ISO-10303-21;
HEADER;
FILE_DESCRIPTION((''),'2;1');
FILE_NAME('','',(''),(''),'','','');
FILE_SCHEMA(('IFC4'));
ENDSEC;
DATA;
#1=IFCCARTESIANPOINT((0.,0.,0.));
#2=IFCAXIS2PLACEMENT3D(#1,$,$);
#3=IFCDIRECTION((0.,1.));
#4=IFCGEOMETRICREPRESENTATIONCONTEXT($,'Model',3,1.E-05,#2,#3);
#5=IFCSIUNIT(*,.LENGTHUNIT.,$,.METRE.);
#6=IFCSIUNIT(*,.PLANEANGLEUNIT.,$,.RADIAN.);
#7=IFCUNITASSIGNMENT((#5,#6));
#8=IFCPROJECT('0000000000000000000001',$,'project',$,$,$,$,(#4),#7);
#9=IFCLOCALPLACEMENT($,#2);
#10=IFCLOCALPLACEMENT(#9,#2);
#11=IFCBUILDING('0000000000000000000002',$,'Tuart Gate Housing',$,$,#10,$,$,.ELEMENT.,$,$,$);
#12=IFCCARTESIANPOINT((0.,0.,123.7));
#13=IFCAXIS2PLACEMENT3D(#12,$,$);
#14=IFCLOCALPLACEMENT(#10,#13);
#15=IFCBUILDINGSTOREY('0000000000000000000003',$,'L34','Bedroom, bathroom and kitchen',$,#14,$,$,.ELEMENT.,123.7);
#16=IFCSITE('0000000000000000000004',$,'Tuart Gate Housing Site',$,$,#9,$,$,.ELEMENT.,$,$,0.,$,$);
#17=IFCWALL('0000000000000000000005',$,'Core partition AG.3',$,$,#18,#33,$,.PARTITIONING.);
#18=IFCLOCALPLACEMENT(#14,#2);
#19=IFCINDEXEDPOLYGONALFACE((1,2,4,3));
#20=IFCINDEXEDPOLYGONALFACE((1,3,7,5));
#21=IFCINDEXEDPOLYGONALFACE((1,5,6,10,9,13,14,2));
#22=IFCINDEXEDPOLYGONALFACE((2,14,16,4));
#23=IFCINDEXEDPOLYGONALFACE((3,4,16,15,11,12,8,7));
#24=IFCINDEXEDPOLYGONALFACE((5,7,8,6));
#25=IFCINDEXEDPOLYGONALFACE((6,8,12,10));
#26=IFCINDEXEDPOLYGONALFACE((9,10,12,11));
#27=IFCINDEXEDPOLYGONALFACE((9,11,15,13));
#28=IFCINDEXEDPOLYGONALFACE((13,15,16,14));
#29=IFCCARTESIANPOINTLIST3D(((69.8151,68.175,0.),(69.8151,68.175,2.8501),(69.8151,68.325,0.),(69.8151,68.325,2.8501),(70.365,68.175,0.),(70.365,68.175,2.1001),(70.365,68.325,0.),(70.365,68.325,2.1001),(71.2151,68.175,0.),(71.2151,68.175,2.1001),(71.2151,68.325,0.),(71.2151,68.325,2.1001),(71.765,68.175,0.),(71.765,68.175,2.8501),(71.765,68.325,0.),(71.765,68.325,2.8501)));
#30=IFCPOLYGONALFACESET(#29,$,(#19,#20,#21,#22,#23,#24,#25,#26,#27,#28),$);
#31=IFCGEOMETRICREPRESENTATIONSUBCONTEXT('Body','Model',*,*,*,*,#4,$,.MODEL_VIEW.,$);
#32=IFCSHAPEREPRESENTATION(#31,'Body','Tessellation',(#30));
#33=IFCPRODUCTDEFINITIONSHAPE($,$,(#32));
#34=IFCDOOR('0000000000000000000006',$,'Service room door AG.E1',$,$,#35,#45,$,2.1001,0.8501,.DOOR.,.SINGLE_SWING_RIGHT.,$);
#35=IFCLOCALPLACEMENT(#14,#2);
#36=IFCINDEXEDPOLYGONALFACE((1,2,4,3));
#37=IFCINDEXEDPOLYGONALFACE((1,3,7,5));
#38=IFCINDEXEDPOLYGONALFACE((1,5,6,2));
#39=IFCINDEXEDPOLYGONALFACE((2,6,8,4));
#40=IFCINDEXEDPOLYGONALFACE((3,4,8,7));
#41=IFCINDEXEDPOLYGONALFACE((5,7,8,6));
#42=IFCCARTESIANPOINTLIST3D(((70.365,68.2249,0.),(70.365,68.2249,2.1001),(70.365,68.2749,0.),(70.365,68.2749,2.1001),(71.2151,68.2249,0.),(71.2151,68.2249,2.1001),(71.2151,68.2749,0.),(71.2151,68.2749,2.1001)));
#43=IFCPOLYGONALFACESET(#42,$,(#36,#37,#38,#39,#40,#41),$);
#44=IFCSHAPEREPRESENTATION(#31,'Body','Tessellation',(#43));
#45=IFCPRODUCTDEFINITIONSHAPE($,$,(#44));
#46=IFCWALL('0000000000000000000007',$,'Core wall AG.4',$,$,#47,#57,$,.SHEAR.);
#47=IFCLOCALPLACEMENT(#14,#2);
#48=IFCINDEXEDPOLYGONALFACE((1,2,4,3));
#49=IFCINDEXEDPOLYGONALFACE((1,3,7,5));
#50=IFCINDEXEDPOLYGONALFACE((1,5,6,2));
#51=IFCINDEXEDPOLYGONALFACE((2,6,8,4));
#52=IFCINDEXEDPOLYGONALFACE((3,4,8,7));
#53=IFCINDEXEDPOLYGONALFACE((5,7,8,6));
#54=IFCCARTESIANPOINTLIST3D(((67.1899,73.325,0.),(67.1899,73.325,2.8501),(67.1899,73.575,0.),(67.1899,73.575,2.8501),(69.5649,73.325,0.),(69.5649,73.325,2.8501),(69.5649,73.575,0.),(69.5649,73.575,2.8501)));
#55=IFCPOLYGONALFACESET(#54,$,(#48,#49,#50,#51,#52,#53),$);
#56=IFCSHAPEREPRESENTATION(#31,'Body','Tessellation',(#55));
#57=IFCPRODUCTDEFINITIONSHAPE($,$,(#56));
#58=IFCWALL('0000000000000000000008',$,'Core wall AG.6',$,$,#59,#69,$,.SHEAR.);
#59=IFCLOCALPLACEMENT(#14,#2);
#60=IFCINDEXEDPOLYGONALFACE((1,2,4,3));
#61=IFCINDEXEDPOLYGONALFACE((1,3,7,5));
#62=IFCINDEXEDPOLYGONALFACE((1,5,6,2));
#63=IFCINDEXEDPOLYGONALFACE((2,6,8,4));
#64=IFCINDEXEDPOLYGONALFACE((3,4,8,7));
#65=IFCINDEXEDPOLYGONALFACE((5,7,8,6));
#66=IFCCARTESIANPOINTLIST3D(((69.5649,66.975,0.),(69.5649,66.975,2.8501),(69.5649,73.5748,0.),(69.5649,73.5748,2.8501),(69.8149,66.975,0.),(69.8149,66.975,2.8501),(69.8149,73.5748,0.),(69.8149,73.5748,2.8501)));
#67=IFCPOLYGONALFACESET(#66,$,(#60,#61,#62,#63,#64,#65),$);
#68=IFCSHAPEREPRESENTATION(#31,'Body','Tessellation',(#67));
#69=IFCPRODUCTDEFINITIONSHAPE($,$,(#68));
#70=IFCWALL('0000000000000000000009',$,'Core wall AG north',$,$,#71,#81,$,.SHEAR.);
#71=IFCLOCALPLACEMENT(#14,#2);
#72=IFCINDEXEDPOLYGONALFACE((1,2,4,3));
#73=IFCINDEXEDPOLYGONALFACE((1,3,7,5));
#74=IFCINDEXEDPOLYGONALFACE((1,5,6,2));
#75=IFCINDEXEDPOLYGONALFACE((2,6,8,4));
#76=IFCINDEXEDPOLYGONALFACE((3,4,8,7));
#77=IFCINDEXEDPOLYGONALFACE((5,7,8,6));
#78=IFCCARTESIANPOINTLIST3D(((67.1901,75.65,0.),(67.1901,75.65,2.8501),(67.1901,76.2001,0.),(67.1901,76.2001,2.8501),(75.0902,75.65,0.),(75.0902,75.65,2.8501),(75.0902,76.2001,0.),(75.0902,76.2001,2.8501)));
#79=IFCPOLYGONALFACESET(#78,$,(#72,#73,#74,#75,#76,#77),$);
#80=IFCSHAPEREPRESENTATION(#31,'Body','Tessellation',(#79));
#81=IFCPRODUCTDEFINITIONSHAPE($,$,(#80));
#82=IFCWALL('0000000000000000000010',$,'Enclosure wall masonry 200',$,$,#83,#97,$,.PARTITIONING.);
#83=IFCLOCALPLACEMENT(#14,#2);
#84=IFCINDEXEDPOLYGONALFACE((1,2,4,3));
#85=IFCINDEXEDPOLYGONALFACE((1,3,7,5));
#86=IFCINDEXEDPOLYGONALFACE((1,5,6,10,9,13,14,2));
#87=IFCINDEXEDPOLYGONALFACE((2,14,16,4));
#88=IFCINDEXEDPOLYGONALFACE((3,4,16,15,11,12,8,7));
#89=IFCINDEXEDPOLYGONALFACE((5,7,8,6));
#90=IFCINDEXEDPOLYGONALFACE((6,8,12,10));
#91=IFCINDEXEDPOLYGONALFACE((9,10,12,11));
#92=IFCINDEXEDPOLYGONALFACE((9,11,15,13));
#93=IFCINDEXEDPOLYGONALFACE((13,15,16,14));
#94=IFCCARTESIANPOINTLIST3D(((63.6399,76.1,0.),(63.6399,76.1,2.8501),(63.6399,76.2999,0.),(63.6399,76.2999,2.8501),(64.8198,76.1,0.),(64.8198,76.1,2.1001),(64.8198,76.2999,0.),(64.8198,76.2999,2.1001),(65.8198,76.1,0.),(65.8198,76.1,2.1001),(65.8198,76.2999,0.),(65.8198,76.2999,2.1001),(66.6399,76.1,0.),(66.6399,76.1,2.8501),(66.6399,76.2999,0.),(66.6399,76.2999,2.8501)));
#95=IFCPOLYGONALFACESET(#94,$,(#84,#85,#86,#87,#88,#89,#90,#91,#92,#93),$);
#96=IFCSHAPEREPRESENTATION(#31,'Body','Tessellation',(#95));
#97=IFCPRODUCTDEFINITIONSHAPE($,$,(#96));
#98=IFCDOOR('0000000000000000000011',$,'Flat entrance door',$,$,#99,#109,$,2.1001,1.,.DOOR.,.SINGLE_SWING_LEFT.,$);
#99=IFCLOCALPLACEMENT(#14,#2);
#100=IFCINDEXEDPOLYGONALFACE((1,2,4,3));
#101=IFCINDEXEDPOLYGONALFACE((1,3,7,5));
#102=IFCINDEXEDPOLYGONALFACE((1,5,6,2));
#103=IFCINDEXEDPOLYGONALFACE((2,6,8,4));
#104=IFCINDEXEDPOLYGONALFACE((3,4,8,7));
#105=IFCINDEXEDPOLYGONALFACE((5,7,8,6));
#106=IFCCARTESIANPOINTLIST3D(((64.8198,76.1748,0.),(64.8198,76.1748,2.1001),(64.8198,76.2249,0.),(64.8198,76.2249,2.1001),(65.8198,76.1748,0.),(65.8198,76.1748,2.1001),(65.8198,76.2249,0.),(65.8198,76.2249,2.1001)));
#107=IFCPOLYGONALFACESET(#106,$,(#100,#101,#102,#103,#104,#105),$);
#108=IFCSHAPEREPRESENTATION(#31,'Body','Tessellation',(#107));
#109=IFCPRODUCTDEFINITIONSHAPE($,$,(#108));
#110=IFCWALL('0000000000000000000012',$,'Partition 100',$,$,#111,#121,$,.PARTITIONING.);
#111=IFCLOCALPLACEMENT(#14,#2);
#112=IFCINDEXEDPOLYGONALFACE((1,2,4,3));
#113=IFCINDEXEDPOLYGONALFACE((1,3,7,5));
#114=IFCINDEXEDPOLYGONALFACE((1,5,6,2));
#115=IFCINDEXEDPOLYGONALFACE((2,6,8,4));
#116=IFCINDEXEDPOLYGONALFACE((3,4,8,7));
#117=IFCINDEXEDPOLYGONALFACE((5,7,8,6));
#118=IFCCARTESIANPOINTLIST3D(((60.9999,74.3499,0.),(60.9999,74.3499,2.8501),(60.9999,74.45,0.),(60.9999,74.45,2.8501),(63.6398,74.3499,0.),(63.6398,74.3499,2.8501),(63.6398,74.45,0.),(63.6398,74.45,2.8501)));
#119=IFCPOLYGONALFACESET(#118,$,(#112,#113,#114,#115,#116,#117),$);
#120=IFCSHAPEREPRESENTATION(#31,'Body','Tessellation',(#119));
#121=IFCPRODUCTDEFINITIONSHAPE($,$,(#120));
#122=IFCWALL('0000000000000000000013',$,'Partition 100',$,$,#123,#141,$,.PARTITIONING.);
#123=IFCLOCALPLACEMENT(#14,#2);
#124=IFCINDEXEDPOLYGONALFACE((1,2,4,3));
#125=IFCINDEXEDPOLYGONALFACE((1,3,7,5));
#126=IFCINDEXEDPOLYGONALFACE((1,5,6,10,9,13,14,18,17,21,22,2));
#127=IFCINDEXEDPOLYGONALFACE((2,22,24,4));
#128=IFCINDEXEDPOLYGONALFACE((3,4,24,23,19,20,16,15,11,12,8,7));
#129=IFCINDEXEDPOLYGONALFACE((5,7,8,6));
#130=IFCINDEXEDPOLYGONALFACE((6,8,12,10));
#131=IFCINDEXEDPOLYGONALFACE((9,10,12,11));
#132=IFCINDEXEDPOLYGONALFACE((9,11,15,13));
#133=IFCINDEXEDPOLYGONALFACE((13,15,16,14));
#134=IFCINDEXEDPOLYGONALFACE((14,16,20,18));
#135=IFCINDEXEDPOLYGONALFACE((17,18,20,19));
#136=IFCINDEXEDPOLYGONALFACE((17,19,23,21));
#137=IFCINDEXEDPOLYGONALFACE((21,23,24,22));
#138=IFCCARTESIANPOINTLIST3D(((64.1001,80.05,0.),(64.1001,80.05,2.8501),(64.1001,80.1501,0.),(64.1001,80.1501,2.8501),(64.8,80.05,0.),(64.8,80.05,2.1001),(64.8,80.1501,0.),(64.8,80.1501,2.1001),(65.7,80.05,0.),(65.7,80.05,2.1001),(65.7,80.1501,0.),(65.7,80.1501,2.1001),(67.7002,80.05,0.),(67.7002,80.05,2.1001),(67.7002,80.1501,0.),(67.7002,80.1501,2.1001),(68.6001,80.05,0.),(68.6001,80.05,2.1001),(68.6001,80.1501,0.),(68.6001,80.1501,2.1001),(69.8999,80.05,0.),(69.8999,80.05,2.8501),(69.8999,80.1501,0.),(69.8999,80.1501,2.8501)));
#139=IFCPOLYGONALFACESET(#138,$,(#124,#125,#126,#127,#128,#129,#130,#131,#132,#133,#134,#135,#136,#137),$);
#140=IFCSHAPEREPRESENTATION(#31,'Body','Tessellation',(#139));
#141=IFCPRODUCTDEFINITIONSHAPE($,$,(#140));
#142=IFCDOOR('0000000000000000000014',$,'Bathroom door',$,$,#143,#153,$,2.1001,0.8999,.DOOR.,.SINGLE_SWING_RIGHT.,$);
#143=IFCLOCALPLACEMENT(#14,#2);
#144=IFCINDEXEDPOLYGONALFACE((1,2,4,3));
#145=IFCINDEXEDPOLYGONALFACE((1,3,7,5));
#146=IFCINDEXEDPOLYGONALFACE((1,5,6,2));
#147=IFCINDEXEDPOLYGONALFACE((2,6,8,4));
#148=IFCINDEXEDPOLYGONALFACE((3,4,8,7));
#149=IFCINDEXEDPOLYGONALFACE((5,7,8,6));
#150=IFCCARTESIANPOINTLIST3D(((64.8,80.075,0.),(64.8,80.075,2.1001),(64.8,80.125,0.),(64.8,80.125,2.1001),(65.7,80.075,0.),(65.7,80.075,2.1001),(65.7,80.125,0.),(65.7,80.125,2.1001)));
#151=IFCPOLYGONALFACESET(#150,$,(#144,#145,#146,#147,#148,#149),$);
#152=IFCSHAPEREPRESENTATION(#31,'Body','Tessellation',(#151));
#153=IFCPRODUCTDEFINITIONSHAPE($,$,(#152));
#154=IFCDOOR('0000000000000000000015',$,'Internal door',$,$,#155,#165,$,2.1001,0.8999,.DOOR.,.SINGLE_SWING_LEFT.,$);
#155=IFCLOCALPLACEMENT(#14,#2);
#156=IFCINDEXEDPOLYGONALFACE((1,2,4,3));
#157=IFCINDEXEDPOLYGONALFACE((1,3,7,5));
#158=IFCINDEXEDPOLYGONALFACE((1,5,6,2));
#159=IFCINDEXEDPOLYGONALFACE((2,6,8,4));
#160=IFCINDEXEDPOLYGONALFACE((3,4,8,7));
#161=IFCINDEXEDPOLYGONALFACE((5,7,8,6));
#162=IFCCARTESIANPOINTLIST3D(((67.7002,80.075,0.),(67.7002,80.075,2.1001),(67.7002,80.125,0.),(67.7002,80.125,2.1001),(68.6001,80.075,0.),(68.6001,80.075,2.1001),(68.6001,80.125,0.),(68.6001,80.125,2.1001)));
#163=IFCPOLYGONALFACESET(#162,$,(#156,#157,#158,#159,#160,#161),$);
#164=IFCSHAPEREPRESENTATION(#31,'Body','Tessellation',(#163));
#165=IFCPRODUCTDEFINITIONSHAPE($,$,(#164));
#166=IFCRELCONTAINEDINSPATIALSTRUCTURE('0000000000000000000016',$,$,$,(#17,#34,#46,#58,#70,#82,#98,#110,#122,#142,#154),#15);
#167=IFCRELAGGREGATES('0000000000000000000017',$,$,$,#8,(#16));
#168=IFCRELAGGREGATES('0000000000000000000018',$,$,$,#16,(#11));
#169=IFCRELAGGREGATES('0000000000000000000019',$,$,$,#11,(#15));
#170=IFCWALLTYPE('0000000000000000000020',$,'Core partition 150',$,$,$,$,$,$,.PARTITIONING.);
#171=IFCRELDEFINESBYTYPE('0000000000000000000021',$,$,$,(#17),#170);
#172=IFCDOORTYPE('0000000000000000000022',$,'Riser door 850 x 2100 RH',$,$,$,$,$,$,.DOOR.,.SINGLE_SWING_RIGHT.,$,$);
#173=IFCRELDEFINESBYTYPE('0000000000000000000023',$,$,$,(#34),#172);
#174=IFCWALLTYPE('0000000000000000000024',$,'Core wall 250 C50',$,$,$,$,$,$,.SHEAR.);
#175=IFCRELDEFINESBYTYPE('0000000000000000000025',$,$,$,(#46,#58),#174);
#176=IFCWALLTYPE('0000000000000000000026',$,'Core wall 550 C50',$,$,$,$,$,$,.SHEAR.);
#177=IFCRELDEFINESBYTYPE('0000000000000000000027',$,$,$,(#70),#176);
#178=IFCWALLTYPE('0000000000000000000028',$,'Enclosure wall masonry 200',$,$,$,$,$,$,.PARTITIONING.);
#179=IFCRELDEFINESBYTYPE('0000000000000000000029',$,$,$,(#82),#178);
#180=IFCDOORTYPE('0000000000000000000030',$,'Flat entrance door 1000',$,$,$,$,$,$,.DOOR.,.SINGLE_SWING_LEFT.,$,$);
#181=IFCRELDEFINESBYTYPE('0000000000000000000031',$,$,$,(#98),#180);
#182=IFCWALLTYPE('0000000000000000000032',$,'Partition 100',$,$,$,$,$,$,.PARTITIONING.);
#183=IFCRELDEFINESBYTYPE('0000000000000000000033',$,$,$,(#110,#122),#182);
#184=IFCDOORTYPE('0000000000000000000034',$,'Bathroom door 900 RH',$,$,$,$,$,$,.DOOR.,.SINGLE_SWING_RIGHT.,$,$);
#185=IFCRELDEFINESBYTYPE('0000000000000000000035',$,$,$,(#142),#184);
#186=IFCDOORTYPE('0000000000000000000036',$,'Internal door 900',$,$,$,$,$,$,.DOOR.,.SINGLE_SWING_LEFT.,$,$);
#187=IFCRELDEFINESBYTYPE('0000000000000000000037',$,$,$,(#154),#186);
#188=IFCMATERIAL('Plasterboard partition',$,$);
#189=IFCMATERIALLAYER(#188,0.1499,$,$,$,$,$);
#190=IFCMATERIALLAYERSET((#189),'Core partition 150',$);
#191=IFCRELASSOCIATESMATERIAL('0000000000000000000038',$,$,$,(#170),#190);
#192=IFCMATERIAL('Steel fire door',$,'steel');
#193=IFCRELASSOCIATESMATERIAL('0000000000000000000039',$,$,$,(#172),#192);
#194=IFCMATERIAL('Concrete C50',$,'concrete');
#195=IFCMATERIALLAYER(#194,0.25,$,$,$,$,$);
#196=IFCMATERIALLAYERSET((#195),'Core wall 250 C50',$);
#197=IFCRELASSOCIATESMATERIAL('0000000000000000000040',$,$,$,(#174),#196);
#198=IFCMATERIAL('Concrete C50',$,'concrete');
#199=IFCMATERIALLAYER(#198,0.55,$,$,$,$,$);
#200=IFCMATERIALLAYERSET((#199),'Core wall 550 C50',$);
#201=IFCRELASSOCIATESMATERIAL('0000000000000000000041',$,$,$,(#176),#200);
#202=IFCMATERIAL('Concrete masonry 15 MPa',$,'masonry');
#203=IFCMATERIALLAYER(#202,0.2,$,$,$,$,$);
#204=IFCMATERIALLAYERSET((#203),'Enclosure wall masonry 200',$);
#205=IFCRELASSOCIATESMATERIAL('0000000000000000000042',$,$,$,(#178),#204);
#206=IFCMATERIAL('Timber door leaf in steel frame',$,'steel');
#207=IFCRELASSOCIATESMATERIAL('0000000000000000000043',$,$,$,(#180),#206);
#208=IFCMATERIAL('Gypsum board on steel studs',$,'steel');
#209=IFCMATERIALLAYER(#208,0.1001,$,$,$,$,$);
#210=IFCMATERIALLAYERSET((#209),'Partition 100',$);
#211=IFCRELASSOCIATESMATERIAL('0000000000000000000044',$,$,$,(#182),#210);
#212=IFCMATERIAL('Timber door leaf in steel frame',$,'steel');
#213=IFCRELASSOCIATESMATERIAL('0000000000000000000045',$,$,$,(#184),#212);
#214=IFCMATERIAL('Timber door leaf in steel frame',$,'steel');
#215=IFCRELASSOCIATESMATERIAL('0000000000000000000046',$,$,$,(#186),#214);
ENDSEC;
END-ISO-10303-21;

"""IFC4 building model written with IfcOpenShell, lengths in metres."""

from ifc_helpers import new_model, si_unit, direction, frame, frame_2d, origin, place, context, subcontext, project, spatial, rectangle, extrude, material, layer, layer_set, type_object, element, fill, save


model = new_model("IFC4")

# Units and contexts
model_context = context("Model", 3, precision=1e-05, world=origin(), true_north=direction((0.0, 1.0)))
body_context = subcontext(model_context, "Body", "Model", "MODEL_VIEW")
ifc_project = project(units=[si_unit("LENGTHUNIT", "METRE"), si_unit("PLANEANGLEUNIT", "RADIAN")], contexts=[model_context])

# Site, building, storey
site_placement = place(None, origin())
site = spatial("IfcSite", under=ifc_project, at=site_placement, Name="Tuart Gate Housing Site", CompositionType="ELEMENT", RefElevation=0.0)
building_placement = place(site_placement, origin())
building = spatial("IfcBuilding", under=site, at=building_placement, Name="Tuart Gate Housing", CompositionType="ELEMENT")
storey_placement = place(building_placement, frame((0.0, 0.0, 123.7)))
storey = spatial("IfcBuildingStorey", under=building, at=storey_placement, Name="L34", Description="Bedroom, bathroom and kitchen", CompositionType="ELEMENT", Elevation=123.7)

# Wall, opening, door
ifc_material_1 = material(Name="Plasterboard partition")
ifc_layer_1 = layer(ifc_material_1, 0.1499)
ifc_layer_set_1 = layer_set([ifc_layer_1], Name="Core partition 150")
wall_type_1 = type_object("IfcWallType", Name="Core partition 150", PredefinedType="PARTITIONING", material=ifc_layer_set_1)
wall_1_placement = place(storey_placement, frame((69.8149, 68.25, 0.0), z_axis=(0.0, 0.0, 1.0), x_axis=(1.0, 0.0, 0.0)))
wall_1 = element("IfcWall", 1, at=wall_1_placement, inside=storey, type_object=wall_type_1, Name="Core partition AG.3", PredefinedType="PARTITIONING", context=body_context, shape_type="SweptSolid", body=[
    extrude(rectangle(XDim=1.95, YDim=0.1499, at=frame_2d((0.9751, 0.0))), origin(), (0.0, 0.0, 1.0), 2.8501),
])
opening_1_placement = place(wall_1_placement, frame((0.55, 0.0, 0.0)))
opening_1 = element("IfcOpeningElement", 2, at=opening_1_placement, cuts=wall_1, PredefinedType="OPENING", context=body_context, shape_type="SweptSolid", body=[
    extrude(rectangle(XDim=0.8501, YDim=2.1001, at=frame_2d((0.425, 1.05))), frame((0.0, 0.085, 0.0), z_axis=(0.0, -1.0, 0.0), x_axis=(1.0, 0.0, 0.0)), (0.0, 0.0, 1.0), 0.1699),
])
ifc_material_2 = material(Name="Steel fire door", Category="steel")
door_type_1 = type_object("IfcDoorType", Name="Riser door 850 x 2100 RH", OperationType="SINGLE_SWING_RIGHT", PredefinedType="DOOR", material=ifc_material_2)
door_1_placement = place(opening_1_placement, frame((0.8501, 0.0, 0.0), z_axis=(0.0, 0.0, 1.0), x_axis=(-1.0, 0.0, 0.0)))
door_1 = element("IfcDoor", 3, at=door_1_placement, inside=storey, type_object=door_type_1, Name="Service room door AG.E1", OperationType="SINGLE_SWING_RIGHT", OverallHeight=2.1001, OverallWidth=0.8501, PredefinedType="DOOR", context=body_context, shape_type="SweptSolid", body=[
    extrude(rectangle(XDim=0.8501, YDim=2.1001, at=frame_2d((0.425, 1.05))), frame((0.0, 0.0251, 0.0), z_axis=(0.0, -1.0, 0.0), x_axis=(1.0, 0.0, 0.0)), (0.0, 0.0, 1.0), 0.05),
])
fill(opening_1, door_1)

# Walls
ifc_material_3 = material(Name="Concrete C50", Category="concrete")
ifc_layer_2 = layer(ifc_material_3, 0.25)
ifc_layer_set_2 = layer_set([ifc_layer_2], Name="Core wall 250 C50")
wall_type_2 = type_object("IfcWallType", Name="Core wall 250 C50", PredefinedType="SHEAR", material=ifc_layer_set_2)
wall_2_placement = place(storey_placement, frame((67.1899, 73.45, 0.0), z_axis=(0.0, 0.0, 1.0), x_axis=(1.0, 0.0, 0.0)))
element("IfcWall", 4, at=wall_2_placement, inside=storey, type_object=wall_type_2, Name="Core wall AG.4", PredefinedType="SHEAR", context=body_context, shape_type="SweptSolid", body=[
    extrude(rectangle(XDim=2.375, YDim=0.25, at=frame_2d((1.1875, 0.0))), origin(), (0.0, 0.0, 1.0), 2.8501),
])
wall_3_placement = place(storey_placement, frame((69.6899, 66.9751, 0.0), z_axis=(0.0, 0.0, 1.0), x_axis=(0.0, 1.0, 0.0)))
element("IfcWall", 5, at=wall_3_placement, inside=storey, type_object=wall_type_2, Name="Core wall AG.6", PredefinedType="SHEAR", context=body_context, shape_type="SweptSolid", body=[
    extrude(rectangle(XDim=6.5999, YDim=0.25, at=frame_2d((3.2998, 0.0))), origin(), (0.0, 0.0, 1.0), 2.8501),
])
ifc_material_4 = material(Name="Concrete C50", Category="concrete")
ifc_layer_3 = layer(ifc_material_4, 0.55)
ifc_layer_set_3 = layer_set([ifc_layer_3], Name="Core wall 550 C50")
wall_type_3 = type_object("IfcWallType", Name="Core wall 550 C50", PredefinedType="SHEAR", material=ifc_layer_set_3)
wall_4_placement = place(storey_placement, frame((67.1899, 75.925, 0.0), z_axis=(0.0, 0.0, 1.0), x_axis=(1.0, 0.0, 0.0)))
element("IfcWall", 6, at=wall_4_placement, inside=storey, type_object=wall_type_3, Name="Core wall AG north", PredefinedType="SHEAR", context=body_context, shape_type="SweptSolid", body=[
    extrude(rectangle(XDim=7.9001, YDim=0.55, at=frame_2d((3.9502, 0.0))), origin(), (0.0, 0.0, 1.0), 2.8501),
])

# Wall, opening, door
ifc_material_5 = material(Name="Concrete masonry 15 MPa", Category="masonry")
ifc_layer_4 = layer(ifc_material_5, 0.2)
ifc_layer_set_4 = layer_set([ifc_layer_4], Name="Enclosure wall masonry 200")
wall_type_4 = type_object("IfcWallType", Name="Enclosure wall masonry 200", PredefinedType="PARTITIONING", material=ifc_layer_set_4)
wall_5_placement = place(storey_placement, frame((63.6399, 76.2, 0.0), z_axis=(0.0, 0.0, 1.0), x_axis=(1.0, 0.0, 0.0)))
wall_5 = element("IfcWall", 7, at=wall_5_placement, inside=storey, type_object=wall_type_4, Name="Enclosure wall masonry 200", PredefinedType="PARTITIONING", context=body_context, shape_type="SweptSolid", body=[
    extrude(rectangle(XDim=3.0, YDim=0.2, at=frame_2d((1.5, 0.0))), origin(), (0.0, 0.0, 1.0), 2.8501),
])
opening_2_placement = place(wall_5_placement, frame((1.1799, 0.0, 0.0)))
opening_2 = element("IfcOpeningElement", 8, at=opening_2_placement, cuts=wall_5, PredefinedType="OPENING", context=body_context, shape_type="SweptSolid", body=[
    extrude(rectangle(XDim=1.0, YDim=2.1001, at=frame_2d((0.5, 1.05))), frame((0.0, 0.1099, 0.0), z_axis=(0.0, -1.0, 0.0), x_axis=(1.0, 0.0, 0.0)), (0.0, 0.0, 1.0), 0.22),
])
ifc_material_6 = material(Name="Timber door leaf in steel frame", Category="steel")
door_type_2 = type_object("IfcDoorType", Name="Flat entrance door 1000", OperationType="SINGLE_SWING_LEFT", PredefinedType="DOOR", material=ifc_material_6)
door_2_placement = place(opening_2_placement, origin())
door_2 = element("IfcDoor", 9, at=door_2_placement, inside=storey, type_object=door_type_2, Name="Flat entrance door", OperationType="SINGLE_SWING_LEFT", OverallHeight=2.1001, OverallWidth=1.0, PredefinedType="DOOR", context=body_context, shape_type="SweptSolid", body=[
    extrude(rectangle(XDim=1.0, YDim=2.1001, at=frame_2d((0.5, 1.05))), frame((0.0, 0.0249, 0.0), z_axis=(0.0, -1.0, 0.0), x_axis=(1.0, 0.0, 0.0)), (0.0, 0.0, 1.0), 0.05),
])
fill(opening_2, door_2)

# Wall
ifc_material_7 = material(Name="Gypsum board on steel studs", Category="steel")
ifc_layer_5 = layer(ifc_material_7, 0.1001)
ifc_layer_set_5 = layer_set([ifc_layer_5], Name="Partition 100")
wall_type_5 = type_object("IfcWallType", Name="Partition 100", PredefinedType="PARTITIONING", material=ifc_layer_set_5)
wall_6_placement = place(storey_placement, frame((61.0, 74.3999, 0.0), z_axis=(0.0, 0.0, 1.0), x_axis=(1.0, 0.0, 0.0)))
element("IfcWall", 10, at=wall_6_placement, inside=storey, type_object=wall_type_5, Name="Partition 100", PredefinedType="PARTITIONING", context=body_context, shape_type="SweptSolid", body=[
    extrude(rectangle(XDim=2.6399, YDim=0.1001, at=frame_2d((1.3198, 0.0))), origin(), (0.0, 0.0, 1.0), 2.8501),
])

# Wall, openings, doors
wall_7_placement = place(storey_placement, frame((64.1001, 80.1001, 0.0), z_axis=(0.0, 0.0, 1.0), x_axis=(1.0, 0.0, 0.0)))
wall_7 = element("IfcWall", 11, at=wall_7_placement, inside=storey, type_object=wall_type_5, Name="Partition 100", PredefinedType="PARTITIONING", context=body_context, shape_type="SweptSolid", body=[
    extrude(rectangle(XDim=5.7998, YDim=0.1001, at=frame_2d((2.8999, 0.0))), origin(), (0.0, 0.0, 1.0), 2.8501),
])
opening_3_placement = place(wall_7_placement, frame((3.6001, 0.0, 0.0)))
opening_3 = element("IfcOpeningElement", 12, at=opening_3_placement, cuts=wall_7, PredefinedType="OPENING", context=body_context, shape_type="SweptSolid", body=[
    extrude(rectangle(XDim=0.8999, YDim=2.1001, at=frame_2d((0.45, 1.05))), frame((0.0, 0.0601, 0.0), z_axis=(0.0, -1.0, 0.0), x_axis=(1.0, 0.0, 0.0)), (0.0, 0.0, 1.0), 0.1201),
])
opening_4_placement = place(wall_7_placement, frame((0.7, 0.0, 0.0)))
opening_4 = element("IfcOpeningElement", 13, at=opening_4_placement, cuts=wall_7, PredefinedType="OPENING", context=body_context, shape_type="SweptSolid", body=[
    extrude(rectangle(XDim=0.8999, YDim=2.1001, at=frame_2d((0.45, 1.05))), frame((0.0, 0.0601, 0.0), z_axis=(0.0, -1.0, 0.0), x_axis=(1.0, 0.0, 0.0)), (0.0, 0.0, 1.0), 0.1201),
])
ifc_material_8 = material(Name="Timber door leaf in steel frame", Category="steel")
door_type_3 = type_object("IfcDoorType", Name="Bathroom door 900 RH", OperationType="SINGLE_SWING_RIGHT", PredefinedType="DOOR", material=ifc_material_8)
door_3_placement = place(opening_4_placement, origin())
door_3 = element("IfcDoor", 14, at=door_3_placement, inside=storey, type_object=door_type_3, Name="Bathroom door", OperationType="SINGLE_SWING_RIGHT", OverallHeight=2.1001, OverallWidth=0.8999, PredefinedType="DOOR", context=body_context, shape_type="SweptSolid", body=[
    extrude(rectangle(XDim=0.8999, YDim=2.1001, at=frame_2d((0.45, 1.05))), frame((0.0, 0.0249, 0.0), z_axis=(0.0, -1.0, 0.0), x_axis=(1.0, 0.0, 0.0)), (0.0, 0.0, 1.0), 0.05),
])
fill(opening_4, door_3)
ifc_material_9 = material(Name="Timber door leaf in steel frame", Category="steel")
door_type_4 = type_object("IfcDoorType", Name="Internal door 900", OperationType="SINGLE_SWING_LEFT", PredefinedType="DOOR", material=ifc_material_9)
door_4_placement = place(opening_3_placement, origin())
door_4 = element("IfcDoor", 15, at=door_4_placement, inside=storey, type_object=door_type_4, Name="Internal door", OperationType="SINGLE_SWING_LEFT", OverallHeight=2.1001, OverallWidth=0.8999, PredefinedType="DOOR", context=body_context, shape_type="SweptSolid", body=[
    extrude(rectangle(XDim=0.8999, YDim=2.1001, at=frame_2d((0.45, 1.05))), frame((0.0, 0.0249, 0.0), z_axis=(0.0, -1.0, 0.0), x_axis=(1.0, 0.0, 0.0)), (0.0, 0.0, 1.0), 0.05),
])
fill(opening_3, door_4)

save(model, "model.ifc")
